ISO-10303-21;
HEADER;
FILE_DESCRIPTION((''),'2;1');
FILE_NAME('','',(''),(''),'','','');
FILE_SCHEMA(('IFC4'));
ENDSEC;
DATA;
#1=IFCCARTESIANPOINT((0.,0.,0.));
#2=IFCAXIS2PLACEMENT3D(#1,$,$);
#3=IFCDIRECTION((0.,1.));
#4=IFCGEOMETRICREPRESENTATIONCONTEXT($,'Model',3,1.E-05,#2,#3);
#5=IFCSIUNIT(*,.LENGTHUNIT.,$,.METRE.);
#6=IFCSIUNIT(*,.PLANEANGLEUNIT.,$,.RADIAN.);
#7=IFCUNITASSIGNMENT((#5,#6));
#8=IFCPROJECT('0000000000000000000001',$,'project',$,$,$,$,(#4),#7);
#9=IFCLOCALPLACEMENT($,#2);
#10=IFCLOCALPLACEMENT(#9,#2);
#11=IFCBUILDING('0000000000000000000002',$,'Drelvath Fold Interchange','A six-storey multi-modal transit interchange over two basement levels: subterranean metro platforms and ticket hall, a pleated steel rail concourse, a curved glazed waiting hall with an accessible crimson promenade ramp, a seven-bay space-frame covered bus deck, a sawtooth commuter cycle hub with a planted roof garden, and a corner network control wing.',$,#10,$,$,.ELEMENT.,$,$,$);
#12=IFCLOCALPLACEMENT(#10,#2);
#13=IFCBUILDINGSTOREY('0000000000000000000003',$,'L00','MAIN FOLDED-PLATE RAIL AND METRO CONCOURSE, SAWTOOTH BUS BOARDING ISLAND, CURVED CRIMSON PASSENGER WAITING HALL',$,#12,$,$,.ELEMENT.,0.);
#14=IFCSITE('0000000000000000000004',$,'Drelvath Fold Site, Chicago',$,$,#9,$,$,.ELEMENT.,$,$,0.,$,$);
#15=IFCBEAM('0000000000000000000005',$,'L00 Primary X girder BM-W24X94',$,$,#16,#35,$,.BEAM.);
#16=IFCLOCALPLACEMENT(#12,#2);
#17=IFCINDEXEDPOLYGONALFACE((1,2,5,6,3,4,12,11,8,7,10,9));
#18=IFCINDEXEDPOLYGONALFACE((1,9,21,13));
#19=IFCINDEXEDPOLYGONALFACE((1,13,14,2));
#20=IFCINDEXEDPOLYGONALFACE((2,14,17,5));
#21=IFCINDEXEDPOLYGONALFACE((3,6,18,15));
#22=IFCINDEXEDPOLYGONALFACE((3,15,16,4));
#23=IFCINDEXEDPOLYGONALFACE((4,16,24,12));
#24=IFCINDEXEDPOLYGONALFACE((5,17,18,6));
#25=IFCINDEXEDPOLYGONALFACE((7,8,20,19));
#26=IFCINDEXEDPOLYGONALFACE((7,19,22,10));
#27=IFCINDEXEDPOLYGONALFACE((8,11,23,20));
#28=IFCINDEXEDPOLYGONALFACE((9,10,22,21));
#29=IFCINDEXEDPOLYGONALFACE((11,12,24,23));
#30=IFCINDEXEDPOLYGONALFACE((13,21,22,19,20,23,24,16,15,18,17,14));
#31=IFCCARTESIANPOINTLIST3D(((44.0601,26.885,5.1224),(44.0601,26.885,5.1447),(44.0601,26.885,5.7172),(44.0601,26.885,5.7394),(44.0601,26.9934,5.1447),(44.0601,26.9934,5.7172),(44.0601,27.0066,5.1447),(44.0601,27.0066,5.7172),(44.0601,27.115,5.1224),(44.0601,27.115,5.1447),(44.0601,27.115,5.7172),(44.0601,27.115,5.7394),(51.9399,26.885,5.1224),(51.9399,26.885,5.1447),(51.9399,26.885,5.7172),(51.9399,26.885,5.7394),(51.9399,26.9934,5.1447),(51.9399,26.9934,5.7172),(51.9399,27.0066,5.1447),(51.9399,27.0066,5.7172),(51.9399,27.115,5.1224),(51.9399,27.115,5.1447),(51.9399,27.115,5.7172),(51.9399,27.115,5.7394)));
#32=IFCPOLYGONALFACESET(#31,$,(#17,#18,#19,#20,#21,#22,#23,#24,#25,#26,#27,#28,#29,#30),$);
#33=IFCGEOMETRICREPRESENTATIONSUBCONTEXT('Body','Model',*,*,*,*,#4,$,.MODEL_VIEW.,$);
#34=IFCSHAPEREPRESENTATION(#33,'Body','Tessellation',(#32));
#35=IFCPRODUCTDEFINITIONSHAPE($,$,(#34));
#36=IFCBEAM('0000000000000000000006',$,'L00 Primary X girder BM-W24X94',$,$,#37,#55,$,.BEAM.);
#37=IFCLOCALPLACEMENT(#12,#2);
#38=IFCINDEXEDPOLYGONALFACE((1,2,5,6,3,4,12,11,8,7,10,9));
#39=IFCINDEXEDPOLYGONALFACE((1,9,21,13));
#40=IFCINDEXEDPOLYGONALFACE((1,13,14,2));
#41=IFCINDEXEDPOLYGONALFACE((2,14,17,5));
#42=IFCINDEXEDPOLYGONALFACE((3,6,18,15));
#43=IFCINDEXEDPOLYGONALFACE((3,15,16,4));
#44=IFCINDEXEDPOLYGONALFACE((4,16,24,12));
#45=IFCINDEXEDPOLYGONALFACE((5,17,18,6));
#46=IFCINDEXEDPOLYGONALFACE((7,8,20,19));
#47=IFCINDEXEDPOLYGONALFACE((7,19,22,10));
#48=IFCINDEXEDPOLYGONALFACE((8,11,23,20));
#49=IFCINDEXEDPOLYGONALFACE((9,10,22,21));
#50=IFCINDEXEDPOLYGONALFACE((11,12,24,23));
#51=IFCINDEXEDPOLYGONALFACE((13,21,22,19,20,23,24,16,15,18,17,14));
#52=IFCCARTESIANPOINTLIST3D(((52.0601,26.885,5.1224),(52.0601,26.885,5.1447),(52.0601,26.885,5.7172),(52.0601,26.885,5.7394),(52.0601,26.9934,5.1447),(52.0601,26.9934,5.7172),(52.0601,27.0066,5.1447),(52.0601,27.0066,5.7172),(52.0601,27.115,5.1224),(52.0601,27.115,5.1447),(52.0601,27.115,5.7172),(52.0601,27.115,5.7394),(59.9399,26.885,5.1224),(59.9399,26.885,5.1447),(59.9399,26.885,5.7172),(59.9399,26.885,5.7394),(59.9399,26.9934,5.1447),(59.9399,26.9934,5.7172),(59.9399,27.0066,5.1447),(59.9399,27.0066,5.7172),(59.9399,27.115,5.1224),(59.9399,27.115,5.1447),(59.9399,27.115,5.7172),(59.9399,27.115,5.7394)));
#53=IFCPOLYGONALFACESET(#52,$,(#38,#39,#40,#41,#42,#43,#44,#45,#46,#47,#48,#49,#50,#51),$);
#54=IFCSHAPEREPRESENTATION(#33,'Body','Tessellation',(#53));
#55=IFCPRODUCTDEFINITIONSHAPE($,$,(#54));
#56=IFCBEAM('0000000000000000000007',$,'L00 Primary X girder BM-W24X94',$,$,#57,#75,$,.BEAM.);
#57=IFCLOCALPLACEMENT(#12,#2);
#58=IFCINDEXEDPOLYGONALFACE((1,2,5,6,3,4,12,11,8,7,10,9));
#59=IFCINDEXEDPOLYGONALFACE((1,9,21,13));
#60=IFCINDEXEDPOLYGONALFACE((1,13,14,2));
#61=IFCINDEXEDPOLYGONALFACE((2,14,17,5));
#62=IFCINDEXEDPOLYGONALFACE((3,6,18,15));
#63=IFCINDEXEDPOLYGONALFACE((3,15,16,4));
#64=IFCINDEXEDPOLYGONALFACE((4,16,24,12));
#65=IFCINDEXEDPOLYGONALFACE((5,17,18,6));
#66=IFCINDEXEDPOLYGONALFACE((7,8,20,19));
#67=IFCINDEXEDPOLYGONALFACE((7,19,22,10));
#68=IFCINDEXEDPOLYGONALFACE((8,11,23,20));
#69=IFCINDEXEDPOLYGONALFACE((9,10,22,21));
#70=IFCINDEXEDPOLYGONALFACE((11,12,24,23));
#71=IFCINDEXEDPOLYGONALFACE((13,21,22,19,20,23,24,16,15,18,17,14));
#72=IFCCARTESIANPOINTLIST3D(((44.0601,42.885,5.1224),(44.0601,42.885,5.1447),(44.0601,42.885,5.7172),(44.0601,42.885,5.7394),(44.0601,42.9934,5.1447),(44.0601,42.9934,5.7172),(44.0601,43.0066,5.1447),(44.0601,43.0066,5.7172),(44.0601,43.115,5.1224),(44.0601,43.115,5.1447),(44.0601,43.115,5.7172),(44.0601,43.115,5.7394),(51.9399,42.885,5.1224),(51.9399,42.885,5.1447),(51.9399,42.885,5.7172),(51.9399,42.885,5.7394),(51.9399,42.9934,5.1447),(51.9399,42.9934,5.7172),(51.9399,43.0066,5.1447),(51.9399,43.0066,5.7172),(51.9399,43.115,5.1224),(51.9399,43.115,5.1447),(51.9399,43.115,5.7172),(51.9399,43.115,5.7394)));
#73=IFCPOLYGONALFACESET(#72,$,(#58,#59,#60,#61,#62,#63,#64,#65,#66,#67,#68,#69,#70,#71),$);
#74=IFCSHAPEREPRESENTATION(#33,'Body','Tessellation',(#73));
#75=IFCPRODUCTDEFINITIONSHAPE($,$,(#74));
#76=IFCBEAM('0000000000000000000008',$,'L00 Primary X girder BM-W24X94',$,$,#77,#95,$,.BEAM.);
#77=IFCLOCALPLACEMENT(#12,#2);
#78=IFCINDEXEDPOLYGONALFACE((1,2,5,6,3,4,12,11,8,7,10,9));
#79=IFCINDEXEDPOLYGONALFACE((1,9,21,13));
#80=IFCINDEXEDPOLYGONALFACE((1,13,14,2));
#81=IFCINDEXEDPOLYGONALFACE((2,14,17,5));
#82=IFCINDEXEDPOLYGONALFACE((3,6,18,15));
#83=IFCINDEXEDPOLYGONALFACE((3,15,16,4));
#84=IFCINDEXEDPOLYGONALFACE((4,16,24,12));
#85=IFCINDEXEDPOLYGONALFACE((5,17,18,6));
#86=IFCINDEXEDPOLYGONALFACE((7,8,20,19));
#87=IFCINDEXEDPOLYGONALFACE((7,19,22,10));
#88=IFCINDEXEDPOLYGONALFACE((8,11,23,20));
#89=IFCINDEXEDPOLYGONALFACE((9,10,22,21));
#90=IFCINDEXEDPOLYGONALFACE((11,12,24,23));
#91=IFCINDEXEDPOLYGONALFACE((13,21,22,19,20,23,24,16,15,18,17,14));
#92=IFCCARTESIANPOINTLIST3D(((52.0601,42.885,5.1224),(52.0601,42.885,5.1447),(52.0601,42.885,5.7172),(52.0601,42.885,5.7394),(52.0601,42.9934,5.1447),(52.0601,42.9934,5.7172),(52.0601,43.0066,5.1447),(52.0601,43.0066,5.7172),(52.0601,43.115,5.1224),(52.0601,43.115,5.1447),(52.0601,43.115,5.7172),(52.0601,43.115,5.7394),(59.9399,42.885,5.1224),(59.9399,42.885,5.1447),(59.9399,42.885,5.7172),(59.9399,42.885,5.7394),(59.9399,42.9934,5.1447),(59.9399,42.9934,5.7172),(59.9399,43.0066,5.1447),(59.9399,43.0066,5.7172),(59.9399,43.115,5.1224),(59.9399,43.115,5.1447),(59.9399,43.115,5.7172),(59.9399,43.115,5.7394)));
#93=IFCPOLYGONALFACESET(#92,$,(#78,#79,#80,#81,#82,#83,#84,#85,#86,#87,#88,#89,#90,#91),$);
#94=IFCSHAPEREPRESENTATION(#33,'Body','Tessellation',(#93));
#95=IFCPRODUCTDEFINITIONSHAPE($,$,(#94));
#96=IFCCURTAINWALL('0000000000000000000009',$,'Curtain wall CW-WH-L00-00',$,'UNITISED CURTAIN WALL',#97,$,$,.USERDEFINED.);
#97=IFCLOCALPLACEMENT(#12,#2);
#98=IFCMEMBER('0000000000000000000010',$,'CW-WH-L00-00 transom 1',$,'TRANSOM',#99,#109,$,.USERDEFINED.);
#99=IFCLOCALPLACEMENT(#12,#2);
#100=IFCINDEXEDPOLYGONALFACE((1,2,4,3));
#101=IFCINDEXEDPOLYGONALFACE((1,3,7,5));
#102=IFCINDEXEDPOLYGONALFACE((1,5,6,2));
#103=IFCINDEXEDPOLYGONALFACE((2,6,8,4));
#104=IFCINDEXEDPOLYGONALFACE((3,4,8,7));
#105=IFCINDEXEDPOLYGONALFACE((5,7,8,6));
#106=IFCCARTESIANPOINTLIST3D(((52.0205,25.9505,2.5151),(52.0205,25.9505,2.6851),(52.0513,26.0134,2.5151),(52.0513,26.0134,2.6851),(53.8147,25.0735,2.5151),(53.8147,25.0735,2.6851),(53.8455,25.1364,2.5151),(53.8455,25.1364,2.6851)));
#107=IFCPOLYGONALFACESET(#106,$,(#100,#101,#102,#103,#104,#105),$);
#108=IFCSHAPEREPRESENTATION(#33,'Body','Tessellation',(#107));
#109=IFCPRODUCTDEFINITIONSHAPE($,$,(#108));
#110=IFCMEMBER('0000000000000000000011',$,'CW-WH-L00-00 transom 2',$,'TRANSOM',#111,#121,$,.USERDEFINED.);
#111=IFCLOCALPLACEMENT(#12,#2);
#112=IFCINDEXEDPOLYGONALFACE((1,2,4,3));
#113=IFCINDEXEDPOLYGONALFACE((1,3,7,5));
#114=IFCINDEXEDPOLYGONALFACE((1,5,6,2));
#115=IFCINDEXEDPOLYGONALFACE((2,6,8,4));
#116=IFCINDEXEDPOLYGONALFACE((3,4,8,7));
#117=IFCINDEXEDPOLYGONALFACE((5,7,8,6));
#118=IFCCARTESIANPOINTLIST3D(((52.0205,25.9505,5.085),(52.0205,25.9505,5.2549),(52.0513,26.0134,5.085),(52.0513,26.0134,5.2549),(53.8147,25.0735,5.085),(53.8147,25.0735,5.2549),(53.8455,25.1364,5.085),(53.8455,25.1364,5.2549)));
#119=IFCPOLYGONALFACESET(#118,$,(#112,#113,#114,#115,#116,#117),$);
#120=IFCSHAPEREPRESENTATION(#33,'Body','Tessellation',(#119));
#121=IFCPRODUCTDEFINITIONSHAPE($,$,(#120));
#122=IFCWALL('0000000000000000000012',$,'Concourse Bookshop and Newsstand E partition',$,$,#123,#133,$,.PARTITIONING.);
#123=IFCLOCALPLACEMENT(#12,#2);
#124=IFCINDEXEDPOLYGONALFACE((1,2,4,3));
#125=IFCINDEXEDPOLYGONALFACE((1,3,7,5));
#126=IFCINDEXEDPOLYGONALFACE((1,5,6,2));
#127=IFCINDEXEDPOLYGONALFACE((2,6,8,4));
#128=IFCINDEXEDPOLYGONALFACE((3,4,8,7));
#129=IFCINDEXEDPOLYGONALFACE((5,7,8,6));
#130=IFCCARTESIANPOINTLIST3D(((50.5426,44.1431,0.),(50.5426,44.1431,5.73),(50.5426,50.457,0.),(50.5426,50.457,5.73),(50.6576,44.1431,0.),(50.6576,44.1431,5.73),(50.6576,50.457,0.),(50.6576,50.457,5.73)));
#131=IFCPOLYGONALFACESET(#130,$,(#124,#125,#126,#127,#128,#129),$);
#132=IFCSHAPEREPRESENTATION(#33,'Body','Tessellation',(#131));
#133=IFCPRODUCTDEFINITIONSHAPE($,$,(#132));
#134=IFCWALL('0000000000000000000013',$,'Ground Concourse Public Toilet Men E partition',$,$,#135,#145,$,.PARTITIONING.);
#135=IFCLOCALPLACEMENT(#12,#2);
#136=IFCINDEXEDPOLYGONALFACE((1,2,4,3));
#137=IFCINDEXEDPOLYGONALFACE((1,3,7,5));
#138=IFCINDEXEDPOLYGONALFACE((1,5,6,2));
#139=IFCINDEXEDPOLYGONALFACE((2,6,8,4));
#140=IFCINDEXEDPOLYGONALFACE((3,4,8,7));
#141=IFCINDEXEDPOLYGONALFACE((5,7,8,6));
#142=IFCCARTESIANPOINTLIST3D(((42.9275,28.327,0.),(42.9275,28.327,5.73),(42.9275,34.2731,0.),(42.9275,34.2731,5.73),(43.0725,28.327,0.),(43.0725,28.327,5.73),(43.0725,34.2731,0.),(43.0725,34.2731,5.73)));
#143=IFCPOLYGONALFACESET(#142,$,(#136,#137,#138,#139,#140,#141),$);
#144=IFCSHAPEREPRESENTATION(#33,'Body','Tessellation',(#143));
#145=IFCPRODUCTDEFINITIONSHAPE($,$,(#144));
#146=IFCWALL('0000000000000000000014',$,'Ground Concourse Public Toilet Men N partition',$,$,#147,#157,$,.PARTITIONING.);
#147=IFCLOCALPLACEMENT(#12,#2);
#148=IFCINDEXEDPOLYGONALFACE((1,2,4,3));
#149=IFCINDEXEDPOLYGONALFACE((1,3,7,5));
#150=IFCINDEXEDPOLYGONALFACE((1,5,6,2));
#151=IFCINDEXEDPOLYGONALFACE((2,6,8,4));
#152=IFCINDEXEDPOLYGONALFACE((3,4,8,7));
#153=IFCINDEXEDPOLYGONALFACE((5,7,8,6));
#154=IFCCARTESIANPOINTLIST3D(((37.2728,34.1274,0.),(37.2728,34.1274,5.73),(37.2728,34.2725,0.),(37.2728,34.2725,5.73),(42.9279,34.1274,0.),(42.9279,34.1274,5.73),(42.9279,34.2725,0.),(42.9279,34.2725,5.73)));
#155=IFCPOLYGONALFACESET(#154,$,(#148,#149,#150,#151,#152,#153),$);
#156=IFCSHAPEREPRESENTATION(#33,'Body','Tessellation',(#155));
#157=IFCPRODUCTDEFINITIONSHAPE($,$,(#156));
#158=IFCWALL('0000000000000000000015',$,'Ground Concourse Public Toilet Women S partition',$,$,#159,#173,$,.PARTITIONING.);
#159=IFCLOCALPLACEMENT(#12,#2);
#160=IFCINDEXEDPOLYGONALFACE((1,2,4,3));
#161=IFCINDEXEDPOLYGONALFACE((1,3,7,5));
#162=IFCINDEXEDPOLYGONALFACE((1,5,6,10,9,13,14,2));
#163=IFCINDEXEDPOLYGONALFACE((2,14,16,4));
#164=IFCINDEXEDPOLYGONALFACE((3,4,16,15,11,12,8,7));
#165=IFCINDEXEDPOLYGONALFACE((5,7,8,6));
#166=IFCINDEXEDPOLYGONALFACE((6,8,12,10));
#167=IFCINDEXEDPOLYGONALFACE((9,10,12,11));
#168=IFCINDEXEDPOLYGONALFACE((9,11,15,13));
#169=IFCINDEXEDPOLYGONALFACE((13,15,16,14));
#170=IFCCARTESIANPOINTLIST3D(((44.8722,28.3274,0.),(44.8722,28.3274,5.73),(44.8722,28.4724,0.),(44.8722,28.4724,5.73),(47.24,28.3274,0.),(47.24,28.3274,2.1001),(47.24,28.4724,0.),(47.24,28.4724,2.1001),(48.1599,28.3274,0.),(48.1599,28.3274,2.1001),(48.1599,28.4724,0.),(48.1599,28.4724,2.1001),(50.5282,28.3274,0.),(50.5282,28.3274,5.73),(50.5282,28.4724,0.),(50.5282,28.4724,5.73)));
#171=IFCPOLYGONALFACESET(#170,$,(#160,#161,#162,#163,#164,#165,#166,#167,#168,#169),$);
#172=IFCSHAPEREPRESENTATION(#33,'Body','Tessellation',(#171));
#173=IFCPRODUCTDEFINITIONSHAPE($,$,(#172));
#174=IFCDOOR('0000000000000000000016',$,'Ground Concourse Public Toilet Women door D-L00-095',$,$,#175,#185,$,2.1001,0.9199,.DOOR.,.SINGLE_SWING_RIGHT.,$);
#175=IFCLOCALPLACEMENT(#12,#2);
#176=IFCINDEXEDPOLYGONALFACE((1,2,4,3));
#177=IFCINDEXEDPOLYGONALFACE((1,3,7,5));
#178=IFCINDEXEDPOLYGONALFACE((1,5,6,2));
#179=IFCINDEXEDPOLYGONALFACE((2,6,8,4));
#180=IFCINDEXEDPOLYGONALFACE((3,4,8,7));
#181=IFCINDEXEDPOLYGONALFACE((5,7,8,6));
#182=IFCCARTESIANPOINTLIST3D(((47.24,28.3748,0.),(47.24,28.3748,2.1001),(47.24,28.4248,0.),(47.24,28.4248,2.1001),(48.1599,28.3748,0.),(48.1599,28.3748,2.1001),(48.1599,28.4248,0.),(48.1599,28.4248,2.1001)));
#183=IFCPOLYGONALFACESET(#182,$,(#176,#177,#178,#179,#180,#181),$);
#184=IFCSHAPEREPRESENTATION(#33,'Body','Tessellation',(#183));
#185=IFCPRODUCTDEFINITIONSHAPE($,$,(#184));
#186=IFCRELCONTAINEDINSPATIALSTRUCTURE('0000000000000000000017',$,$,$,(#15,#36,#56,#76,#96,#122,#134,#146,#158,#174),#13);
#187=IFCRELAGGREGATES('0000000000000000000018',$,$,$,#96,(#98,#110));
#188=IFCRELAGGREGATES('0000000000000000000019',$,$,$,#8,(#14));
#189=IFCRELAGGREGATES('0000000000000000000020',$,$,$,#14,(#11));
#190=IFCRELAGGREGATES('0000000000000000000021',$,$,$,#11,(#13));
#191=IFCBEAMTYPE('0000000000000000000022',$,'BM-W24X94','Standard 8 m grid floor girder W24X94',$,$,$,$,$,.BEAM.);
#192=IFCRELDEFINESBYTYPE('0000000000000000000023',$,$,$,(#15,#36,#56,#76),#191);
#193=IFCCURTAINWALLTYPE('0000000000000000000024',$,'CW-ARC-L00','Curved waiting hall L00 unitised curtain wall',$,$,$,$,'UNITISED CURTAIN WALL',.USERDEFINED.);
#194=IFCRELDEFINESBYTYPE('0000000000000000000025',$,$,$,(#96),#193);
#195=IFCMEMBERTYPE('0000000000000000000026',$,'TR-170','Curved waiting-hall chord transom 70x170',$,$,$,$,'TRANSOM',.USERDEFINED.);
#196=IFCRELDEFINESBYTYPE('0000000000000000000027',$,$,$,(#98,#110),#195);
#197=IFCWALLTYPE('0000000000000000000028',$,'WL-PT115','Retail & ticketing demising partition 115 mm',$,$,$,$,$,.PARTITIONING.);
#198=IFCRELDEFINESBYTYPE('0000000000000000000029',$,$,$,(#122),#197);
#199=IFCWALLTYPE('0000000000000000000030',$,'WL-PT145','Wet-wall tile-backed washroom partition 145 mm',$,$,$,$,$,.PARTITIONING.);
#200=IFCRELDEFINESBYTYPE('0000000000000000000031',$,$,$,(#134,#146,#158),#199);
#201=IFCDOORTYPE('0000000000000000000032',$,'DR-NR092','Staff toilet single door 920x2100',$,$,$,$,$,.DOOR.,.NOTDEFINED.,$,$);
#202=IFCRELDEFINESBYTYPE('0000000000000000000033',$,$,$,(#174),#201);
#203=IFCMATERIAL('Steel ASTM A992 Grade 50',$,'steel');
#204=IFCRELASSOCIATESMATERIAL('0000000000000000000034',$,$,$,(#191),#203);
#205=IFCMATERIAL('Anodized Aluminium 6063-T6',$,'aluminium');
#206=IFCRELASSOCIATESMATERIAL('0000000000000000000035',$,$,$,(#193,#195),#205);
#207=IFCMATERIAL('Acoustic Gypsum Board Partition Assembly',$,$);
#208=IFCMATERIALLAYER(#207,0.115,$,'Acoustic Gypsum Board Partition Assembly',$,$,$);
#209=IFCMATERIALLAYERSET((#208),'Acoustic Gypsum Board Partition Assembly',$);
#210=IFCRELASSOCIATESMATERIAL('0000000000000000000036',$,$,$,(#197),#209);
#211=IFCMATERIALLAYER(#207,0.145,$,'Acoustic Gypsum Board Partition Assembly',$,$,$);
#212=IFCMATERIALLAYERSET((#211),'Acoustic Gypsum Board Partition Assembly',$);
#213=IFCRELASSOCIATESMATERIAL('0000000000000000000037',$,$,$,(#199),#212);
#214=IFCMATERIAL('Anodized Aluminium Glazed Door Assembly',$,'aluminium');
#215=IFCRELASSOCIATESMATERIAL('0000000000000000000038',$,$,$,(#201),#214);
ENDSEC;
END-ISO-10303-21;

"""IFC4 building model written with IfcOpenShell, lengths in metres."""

from ifc_helpers import new_model, si_unit, direction, frame, frame_2d, origin, origin_2d, place, context, subcontext, project, spatial, rectangle, i_section, extrude, material, layer, layer_set, material_profile, profile_set, type_object, element, fill, aggregate, save


model = new_model("IFC4")

# Units and contexts
model_context = context("Model", 3, precision=1e-05, world=origin(), true_north=direction((0.0, 1.0)))
body_context = subcontext(model_context, "Body", "Model", "MODEL_VIEW")
ifc_project = project(units=[si_unit("LENGTHUNIT", "METRE"), si_unit("PLANEANGLEUNIT", "RADIAN")], contexts=[model_context])

# Site, building, storey
site_placement = place(None, origin())
site = spatial("IfcSite", under=ifc_project, at=site_placement, Name="Drelvath Fold Site, Chicago", CompositionType="ELEMENT", RefElevation=0.0)
building_placement = place(site_placement, origin())
building = spatial("IfcBuilding", under=site, at=building_placement, Name="Drelvath Fold Interchange", Description="A six-storey multi-modal transit interchange over two basement levels: subterranean metro platforms and ticket hall, a pleated steel rail concourse, a curved glazed waiting hall with an accessible crimson promenade ramp, a seven-bay space-frame covered bus deck, a sawtooth commuter cycle hub with a planted roof garden, and a corner network control wing.", CompositionType="ELEMENT")
storey_placement = place(building_placement, origin())
storey = spatial("IfcBuildingStorey", under=building, at=storey_placement, Name="L00", Description="MAIN FOLDED-PLATE RAIL AND METRO CONCOURSE, SAWTOOTH BUS BOARDING ISLAND, CURVED CRIMSON PASSENGER WAITING HALL", CompositionType="ELEMENT", Elevation=0.0)

# Shared definitions
ifc_material_1 = material(Name="Steel ASTM A992 Grade 50", Category="steel")

# Beams
ifc_material_profile_1 = material_profile(ifc_material_1, i_section(OverallWidth=0.23, OverallDepth=0.6169, WebThickness=0.0132, FlangeThickness=0.0222, at=origin_2d()), Name="W24X94")
ifc_profile_set_1 = profile_set([ifc_material_profile_1], Name="Steel ASTM A992 Grade 50")
beam_type_1 = type_object("IfcBeamType", Name="BM-W24X94", Description="Standard 8 m grid floor girder W24X94", PredefinedType="BEAM", material=ifc_profile_set_1)
for number, where, z_axis, x_axis, name in (
    (1, (44.0601, 27.0, 5.4309), (1.0, 0.0, 0.0), (0.0, 1.0, 0.0), "L00 Primary X girder BM-W24X94"),
    (2, (52.0601, 27.0, 5.4309), (1.0, 0.0, 0.0), (0.0, 1.0, 0.0), "L00 Primary X girder BM-W24X94"),
    (3, (44.0601, 43.0, 5.4309), (1.0, 0.0, 0.0), (0.0, 1.0, 0.0), "L00 Primary X girder BM-W24X94"),
    (4, (52.0601, 43.0, 5.4309), (1.0, 0.0, 0.0), (0.0, 1.0, 0.0), "L00 Primary X girder BM-W24X94"),
):
    element("IfcBeam", number, at=place(storey_placement, frame(where, z_axis=z_axis, x_axis=x_axis)), inside=storey, type_object=beam_type_1, Name=name, PredefinedType="BEAM", context=body_context, shape_type="SweptSolid", body=[
        extrude(i_section(OverallWidth=0.23, OverallDepth=0.6169, WebThickness=0.0132, FlangeThickness=0.0222, at=origin_2d()), origin(), (0.0, 0.0, 1.0), 7.8799),
    ])

# Curtain wall, members
ifc_material_2 = material(Name="Anodized Aluminium 6063-T6", Category="aluminium")
curtain_wall_type = type_object("IfcCurtainWallType", Name="CW-ARC-L00", Description="Curved waiting hall L00 unitised curtain wall", ElementType="UNITISED CURTAIN WALL", PredefinedType="USERDEFINED", material=ifc_material_2)
curtain_wall_placement = place(storey_placement, origin())
curtain_wall = element("IfcCurtainWall", 5, at=curtain_wall_placement, inside=storey, type_object=curtain_wall_type, Name="Curtain wall CW-WH-L00-00", ObjectType="UNITISED CURTAIN WALL", PredefinedType="USERDEFINED")
ifc_material_profile_2 = material_profile(ifc_material_2, rectangle(XDim=0.0701, YDim=0.1699, at=origin_2d()), Name="AL-T 70x170")
ifc_profile_set_2 = profile_set([ifc_material_profile_2], Name="Anodized Aluminium 6063-T6")
member_type = type_object("IfcMemberType", Name="TR-170", Description="Curved waiting-hall chord transom 70x170", ElementType="TRANSOM", PredefinedType="USERDEFINED", material=ifc_profile_set_2)
member_1_placement = place(storey_placement, frame((52.0359, 25.9819, 2.6001), z_axis=(0.898425, -0.439127, 0.0), x_axis=(0.439127, 0.898425, 0.0)))
member_1 = element("IfcMember", 6, at=member_1_placement, type_object=member_type, Name="CW-WH-L00-00 transom 1", ObjectType="TRANSOM", PredefinedType="USERDEFINED", context=body_context, shape_type="SweptSolid", body=[
    extrude(rectangle(XDim=0.0701, YDim=0.1699, at=origin_2d()), origin(), (0.0, 0.0, 1.0), 1.9971),
])
member_2_placement = place(storey_placement, frame((52.0359, 25.9819, 5.1699), z_axis=(0.898425, -0.439127, 0.0), x_axis=(0.439127, 0.898425, 0.0)))
member_2 = element("IfcMember", 7, at=member_2_placement, type_object=member_type, Name="CW-WH-L00-00 transom 2", ObjectType="TRANSOM", PredefinedType="USERDEFINED", context=body_context, shape_type="SweptSolid", body=[
    extrude(rectangle(XDim=0.0701, YDim=0.1699, at=origin_2d()), origin(), (0.0, 0.0, 1.0), 1.9971),
])
aggregate(curtain_wall, [member_1, member_2])

# Walls
ifc_material_3 = material(Name="Acoustic Gypsum Board Partition Assembly")
ifc_layer_1 = layer(ifc_material_3, 0.115, Name="Acoustic Gypsum Board Partition Assembly")
ifc_layer_set_1 = layer_set([ifc_layer_1], Name="Acoustic Gypsum Board Partition Assembly")
wall_type_1 = type_object("IfcWallType", Name="WL-PT115", Description="Retail & ticketing demising partition 115 mm", PredefinedType="PARTITIONING", material=ifc_layer_set_1)
wall_1_placement = place(storey_placement, frame((50.6001, 44.1431, 0.0), z_axis=(0.0, 0.0, 1.0), x_axis=(0.0, 1.0, 0.0)))
element("IfcWall", 8, at=wall_1_placement, inside=storey, type_object=wall_type_1, Name="Concourse Bookshop and Newsstand E partition", PredefinedType="PARTITIONING", context=body_context, shape_type="SweptSolid", body=[
    extrude(rectangle(XDim=6.314, YDim=0.115, at=frame_2d((3.157, 0.0))), origin(), (0.0, 0.0, 1.0), 5.73),
])
ifc_layer_2 = layer(ifc_material_3, 0.145, Name="Acoustic Gypsum Board Partition Assembly")
ifc_layer_set_2 = layer_set([ifc_layer_2], Name="Acoustic Gypsum Board Partition Assembly")
wall_type_2 = type_object("IfcWallType", Name="WL-PT145", Description="Wet-wall tile-backed washroom partition 145 mm", PredefinedType="PARTITIONING", material=ifc_layer_set_2)
wall_2_placement = place(storey_placement, frame((43.0, 28.3269, 0.0), z_axis=(0.0, 0.0, 1.0), x_axis=(0.0, 1.0, 0.0)))
element("IfcWall", 9, at=wall_2_placement, inside=storey, type_object=wall_type_2, Name="Ground Concourse Public Toilet Men E partition", PredefinedType="PARTITIONING", context=body_context, shape_type="SweptSolid", body=[
    extrude(rectangle(XDim=5.946, YDim=0.145, at=frame_2d((2.9731, 0.0))), origin(), (0.0, 0.0, 1.0), 5.73),
])
wall_3_placement = place(storey_placement, frame((42.928, 34.2, 0.0), z_axis=(0.0, 0.0, 1.0), x_axis=(-1.0, 0.0, 0.0)))
element("IfcWall", 10, at=wall_3_placement, inside=storey, type_object=wall_type_2, Name="Ground Concourse Public Toilet Men N partition", PredefinedType="PARTITIONING", context=body_context, shape_type="SweptSolid", body=[
    extrude(rectangle(XDim=5.655, YDim=0.145, at=frame_2d((2.8276, 0.0))), origin(), (0.0, 0.0, 1.0), 5.73),
])

# Wall, opening, door
wall_4_placement = place(storey_placement, frame((44.8721, 28.3999, 0.0), z_axis=(0.0, 0.0, 1.0), x_axis=(1.0, 0.0, 0.0)))
wall_4 = element("IfcWall", 11, at=wall_4_placement, inside=storey, type_object=wall_type_2, Name="Ground Concourse Public Toilet Women S partition", PredefinedType="PARTITIONING", context=body_context, shape_type="SweptSolid", body=[
    extrude(rectangle(XDim=5.656, YDim=0.145, at=frame_2d((2.8281, 0.0))), origin(), (0.0, 0.0, 1.0), 5.73),
])
opening_1_placement = place(wall_4_placement, frame((2.3679, 0.0, 0.0)))
opening_1 = element("IfcOpeningElement", 12, at=opening_1_placement, cuts=wall_4, PredefinedType="OPENING", context=body_context, shape_type="SweptSolid", body=[
    extrude(rectangle(XDim=0.9199, YDim=2.1001, at=frame_2d((0.46, 1.05))), frame((0.0, 0.0825, 0.0), z_axis=(0.0, -1.0, 0.0), x_axis=(1.0, 0.0, 0.0)), (0.0, 0.0, 1.0), 0.165),
])
ifc_material_4 = material(Name="Anodized Aluminium Glazed Door Assembly", Category="aluminium")
door_type_1 = type_object("IfcDoorType", Name="DR-NR092", Description="Staff toilet single door 920x2100", OperationType="NOTDEFINED", PredefinedType="DOOR", material=ifc_material_4)
door_1_placement = place(opening_1_placement, origin())
door_1 = element("IfcDoor", 13, at=door_1_placement, inside=storey, type_object=door_type_1, Name="Ground Concourse Public Toilet Women door D-L00-095", OperationType="SINGLE_SWING_RIGHT", OverallHeight=2.1001, OverallWidth=0.9199, PredefinedType="DOOR", context=body_context, shape_type="SweptSolid", body=[
    extrude(rectangle(XDim=0.9199, YDim=2.1001, at=frame_2d((0.46, 1.05))), frame((0.0, 0.0249, 0.0), z_axis=(0.0, -1.0, 0.0), x_axis=(1.0, 0.0, 0.0)), (0.0, 0.0, 1.0), 0.05),
])
fill(opening_1, door_1)

save(model, "model.ifc")
